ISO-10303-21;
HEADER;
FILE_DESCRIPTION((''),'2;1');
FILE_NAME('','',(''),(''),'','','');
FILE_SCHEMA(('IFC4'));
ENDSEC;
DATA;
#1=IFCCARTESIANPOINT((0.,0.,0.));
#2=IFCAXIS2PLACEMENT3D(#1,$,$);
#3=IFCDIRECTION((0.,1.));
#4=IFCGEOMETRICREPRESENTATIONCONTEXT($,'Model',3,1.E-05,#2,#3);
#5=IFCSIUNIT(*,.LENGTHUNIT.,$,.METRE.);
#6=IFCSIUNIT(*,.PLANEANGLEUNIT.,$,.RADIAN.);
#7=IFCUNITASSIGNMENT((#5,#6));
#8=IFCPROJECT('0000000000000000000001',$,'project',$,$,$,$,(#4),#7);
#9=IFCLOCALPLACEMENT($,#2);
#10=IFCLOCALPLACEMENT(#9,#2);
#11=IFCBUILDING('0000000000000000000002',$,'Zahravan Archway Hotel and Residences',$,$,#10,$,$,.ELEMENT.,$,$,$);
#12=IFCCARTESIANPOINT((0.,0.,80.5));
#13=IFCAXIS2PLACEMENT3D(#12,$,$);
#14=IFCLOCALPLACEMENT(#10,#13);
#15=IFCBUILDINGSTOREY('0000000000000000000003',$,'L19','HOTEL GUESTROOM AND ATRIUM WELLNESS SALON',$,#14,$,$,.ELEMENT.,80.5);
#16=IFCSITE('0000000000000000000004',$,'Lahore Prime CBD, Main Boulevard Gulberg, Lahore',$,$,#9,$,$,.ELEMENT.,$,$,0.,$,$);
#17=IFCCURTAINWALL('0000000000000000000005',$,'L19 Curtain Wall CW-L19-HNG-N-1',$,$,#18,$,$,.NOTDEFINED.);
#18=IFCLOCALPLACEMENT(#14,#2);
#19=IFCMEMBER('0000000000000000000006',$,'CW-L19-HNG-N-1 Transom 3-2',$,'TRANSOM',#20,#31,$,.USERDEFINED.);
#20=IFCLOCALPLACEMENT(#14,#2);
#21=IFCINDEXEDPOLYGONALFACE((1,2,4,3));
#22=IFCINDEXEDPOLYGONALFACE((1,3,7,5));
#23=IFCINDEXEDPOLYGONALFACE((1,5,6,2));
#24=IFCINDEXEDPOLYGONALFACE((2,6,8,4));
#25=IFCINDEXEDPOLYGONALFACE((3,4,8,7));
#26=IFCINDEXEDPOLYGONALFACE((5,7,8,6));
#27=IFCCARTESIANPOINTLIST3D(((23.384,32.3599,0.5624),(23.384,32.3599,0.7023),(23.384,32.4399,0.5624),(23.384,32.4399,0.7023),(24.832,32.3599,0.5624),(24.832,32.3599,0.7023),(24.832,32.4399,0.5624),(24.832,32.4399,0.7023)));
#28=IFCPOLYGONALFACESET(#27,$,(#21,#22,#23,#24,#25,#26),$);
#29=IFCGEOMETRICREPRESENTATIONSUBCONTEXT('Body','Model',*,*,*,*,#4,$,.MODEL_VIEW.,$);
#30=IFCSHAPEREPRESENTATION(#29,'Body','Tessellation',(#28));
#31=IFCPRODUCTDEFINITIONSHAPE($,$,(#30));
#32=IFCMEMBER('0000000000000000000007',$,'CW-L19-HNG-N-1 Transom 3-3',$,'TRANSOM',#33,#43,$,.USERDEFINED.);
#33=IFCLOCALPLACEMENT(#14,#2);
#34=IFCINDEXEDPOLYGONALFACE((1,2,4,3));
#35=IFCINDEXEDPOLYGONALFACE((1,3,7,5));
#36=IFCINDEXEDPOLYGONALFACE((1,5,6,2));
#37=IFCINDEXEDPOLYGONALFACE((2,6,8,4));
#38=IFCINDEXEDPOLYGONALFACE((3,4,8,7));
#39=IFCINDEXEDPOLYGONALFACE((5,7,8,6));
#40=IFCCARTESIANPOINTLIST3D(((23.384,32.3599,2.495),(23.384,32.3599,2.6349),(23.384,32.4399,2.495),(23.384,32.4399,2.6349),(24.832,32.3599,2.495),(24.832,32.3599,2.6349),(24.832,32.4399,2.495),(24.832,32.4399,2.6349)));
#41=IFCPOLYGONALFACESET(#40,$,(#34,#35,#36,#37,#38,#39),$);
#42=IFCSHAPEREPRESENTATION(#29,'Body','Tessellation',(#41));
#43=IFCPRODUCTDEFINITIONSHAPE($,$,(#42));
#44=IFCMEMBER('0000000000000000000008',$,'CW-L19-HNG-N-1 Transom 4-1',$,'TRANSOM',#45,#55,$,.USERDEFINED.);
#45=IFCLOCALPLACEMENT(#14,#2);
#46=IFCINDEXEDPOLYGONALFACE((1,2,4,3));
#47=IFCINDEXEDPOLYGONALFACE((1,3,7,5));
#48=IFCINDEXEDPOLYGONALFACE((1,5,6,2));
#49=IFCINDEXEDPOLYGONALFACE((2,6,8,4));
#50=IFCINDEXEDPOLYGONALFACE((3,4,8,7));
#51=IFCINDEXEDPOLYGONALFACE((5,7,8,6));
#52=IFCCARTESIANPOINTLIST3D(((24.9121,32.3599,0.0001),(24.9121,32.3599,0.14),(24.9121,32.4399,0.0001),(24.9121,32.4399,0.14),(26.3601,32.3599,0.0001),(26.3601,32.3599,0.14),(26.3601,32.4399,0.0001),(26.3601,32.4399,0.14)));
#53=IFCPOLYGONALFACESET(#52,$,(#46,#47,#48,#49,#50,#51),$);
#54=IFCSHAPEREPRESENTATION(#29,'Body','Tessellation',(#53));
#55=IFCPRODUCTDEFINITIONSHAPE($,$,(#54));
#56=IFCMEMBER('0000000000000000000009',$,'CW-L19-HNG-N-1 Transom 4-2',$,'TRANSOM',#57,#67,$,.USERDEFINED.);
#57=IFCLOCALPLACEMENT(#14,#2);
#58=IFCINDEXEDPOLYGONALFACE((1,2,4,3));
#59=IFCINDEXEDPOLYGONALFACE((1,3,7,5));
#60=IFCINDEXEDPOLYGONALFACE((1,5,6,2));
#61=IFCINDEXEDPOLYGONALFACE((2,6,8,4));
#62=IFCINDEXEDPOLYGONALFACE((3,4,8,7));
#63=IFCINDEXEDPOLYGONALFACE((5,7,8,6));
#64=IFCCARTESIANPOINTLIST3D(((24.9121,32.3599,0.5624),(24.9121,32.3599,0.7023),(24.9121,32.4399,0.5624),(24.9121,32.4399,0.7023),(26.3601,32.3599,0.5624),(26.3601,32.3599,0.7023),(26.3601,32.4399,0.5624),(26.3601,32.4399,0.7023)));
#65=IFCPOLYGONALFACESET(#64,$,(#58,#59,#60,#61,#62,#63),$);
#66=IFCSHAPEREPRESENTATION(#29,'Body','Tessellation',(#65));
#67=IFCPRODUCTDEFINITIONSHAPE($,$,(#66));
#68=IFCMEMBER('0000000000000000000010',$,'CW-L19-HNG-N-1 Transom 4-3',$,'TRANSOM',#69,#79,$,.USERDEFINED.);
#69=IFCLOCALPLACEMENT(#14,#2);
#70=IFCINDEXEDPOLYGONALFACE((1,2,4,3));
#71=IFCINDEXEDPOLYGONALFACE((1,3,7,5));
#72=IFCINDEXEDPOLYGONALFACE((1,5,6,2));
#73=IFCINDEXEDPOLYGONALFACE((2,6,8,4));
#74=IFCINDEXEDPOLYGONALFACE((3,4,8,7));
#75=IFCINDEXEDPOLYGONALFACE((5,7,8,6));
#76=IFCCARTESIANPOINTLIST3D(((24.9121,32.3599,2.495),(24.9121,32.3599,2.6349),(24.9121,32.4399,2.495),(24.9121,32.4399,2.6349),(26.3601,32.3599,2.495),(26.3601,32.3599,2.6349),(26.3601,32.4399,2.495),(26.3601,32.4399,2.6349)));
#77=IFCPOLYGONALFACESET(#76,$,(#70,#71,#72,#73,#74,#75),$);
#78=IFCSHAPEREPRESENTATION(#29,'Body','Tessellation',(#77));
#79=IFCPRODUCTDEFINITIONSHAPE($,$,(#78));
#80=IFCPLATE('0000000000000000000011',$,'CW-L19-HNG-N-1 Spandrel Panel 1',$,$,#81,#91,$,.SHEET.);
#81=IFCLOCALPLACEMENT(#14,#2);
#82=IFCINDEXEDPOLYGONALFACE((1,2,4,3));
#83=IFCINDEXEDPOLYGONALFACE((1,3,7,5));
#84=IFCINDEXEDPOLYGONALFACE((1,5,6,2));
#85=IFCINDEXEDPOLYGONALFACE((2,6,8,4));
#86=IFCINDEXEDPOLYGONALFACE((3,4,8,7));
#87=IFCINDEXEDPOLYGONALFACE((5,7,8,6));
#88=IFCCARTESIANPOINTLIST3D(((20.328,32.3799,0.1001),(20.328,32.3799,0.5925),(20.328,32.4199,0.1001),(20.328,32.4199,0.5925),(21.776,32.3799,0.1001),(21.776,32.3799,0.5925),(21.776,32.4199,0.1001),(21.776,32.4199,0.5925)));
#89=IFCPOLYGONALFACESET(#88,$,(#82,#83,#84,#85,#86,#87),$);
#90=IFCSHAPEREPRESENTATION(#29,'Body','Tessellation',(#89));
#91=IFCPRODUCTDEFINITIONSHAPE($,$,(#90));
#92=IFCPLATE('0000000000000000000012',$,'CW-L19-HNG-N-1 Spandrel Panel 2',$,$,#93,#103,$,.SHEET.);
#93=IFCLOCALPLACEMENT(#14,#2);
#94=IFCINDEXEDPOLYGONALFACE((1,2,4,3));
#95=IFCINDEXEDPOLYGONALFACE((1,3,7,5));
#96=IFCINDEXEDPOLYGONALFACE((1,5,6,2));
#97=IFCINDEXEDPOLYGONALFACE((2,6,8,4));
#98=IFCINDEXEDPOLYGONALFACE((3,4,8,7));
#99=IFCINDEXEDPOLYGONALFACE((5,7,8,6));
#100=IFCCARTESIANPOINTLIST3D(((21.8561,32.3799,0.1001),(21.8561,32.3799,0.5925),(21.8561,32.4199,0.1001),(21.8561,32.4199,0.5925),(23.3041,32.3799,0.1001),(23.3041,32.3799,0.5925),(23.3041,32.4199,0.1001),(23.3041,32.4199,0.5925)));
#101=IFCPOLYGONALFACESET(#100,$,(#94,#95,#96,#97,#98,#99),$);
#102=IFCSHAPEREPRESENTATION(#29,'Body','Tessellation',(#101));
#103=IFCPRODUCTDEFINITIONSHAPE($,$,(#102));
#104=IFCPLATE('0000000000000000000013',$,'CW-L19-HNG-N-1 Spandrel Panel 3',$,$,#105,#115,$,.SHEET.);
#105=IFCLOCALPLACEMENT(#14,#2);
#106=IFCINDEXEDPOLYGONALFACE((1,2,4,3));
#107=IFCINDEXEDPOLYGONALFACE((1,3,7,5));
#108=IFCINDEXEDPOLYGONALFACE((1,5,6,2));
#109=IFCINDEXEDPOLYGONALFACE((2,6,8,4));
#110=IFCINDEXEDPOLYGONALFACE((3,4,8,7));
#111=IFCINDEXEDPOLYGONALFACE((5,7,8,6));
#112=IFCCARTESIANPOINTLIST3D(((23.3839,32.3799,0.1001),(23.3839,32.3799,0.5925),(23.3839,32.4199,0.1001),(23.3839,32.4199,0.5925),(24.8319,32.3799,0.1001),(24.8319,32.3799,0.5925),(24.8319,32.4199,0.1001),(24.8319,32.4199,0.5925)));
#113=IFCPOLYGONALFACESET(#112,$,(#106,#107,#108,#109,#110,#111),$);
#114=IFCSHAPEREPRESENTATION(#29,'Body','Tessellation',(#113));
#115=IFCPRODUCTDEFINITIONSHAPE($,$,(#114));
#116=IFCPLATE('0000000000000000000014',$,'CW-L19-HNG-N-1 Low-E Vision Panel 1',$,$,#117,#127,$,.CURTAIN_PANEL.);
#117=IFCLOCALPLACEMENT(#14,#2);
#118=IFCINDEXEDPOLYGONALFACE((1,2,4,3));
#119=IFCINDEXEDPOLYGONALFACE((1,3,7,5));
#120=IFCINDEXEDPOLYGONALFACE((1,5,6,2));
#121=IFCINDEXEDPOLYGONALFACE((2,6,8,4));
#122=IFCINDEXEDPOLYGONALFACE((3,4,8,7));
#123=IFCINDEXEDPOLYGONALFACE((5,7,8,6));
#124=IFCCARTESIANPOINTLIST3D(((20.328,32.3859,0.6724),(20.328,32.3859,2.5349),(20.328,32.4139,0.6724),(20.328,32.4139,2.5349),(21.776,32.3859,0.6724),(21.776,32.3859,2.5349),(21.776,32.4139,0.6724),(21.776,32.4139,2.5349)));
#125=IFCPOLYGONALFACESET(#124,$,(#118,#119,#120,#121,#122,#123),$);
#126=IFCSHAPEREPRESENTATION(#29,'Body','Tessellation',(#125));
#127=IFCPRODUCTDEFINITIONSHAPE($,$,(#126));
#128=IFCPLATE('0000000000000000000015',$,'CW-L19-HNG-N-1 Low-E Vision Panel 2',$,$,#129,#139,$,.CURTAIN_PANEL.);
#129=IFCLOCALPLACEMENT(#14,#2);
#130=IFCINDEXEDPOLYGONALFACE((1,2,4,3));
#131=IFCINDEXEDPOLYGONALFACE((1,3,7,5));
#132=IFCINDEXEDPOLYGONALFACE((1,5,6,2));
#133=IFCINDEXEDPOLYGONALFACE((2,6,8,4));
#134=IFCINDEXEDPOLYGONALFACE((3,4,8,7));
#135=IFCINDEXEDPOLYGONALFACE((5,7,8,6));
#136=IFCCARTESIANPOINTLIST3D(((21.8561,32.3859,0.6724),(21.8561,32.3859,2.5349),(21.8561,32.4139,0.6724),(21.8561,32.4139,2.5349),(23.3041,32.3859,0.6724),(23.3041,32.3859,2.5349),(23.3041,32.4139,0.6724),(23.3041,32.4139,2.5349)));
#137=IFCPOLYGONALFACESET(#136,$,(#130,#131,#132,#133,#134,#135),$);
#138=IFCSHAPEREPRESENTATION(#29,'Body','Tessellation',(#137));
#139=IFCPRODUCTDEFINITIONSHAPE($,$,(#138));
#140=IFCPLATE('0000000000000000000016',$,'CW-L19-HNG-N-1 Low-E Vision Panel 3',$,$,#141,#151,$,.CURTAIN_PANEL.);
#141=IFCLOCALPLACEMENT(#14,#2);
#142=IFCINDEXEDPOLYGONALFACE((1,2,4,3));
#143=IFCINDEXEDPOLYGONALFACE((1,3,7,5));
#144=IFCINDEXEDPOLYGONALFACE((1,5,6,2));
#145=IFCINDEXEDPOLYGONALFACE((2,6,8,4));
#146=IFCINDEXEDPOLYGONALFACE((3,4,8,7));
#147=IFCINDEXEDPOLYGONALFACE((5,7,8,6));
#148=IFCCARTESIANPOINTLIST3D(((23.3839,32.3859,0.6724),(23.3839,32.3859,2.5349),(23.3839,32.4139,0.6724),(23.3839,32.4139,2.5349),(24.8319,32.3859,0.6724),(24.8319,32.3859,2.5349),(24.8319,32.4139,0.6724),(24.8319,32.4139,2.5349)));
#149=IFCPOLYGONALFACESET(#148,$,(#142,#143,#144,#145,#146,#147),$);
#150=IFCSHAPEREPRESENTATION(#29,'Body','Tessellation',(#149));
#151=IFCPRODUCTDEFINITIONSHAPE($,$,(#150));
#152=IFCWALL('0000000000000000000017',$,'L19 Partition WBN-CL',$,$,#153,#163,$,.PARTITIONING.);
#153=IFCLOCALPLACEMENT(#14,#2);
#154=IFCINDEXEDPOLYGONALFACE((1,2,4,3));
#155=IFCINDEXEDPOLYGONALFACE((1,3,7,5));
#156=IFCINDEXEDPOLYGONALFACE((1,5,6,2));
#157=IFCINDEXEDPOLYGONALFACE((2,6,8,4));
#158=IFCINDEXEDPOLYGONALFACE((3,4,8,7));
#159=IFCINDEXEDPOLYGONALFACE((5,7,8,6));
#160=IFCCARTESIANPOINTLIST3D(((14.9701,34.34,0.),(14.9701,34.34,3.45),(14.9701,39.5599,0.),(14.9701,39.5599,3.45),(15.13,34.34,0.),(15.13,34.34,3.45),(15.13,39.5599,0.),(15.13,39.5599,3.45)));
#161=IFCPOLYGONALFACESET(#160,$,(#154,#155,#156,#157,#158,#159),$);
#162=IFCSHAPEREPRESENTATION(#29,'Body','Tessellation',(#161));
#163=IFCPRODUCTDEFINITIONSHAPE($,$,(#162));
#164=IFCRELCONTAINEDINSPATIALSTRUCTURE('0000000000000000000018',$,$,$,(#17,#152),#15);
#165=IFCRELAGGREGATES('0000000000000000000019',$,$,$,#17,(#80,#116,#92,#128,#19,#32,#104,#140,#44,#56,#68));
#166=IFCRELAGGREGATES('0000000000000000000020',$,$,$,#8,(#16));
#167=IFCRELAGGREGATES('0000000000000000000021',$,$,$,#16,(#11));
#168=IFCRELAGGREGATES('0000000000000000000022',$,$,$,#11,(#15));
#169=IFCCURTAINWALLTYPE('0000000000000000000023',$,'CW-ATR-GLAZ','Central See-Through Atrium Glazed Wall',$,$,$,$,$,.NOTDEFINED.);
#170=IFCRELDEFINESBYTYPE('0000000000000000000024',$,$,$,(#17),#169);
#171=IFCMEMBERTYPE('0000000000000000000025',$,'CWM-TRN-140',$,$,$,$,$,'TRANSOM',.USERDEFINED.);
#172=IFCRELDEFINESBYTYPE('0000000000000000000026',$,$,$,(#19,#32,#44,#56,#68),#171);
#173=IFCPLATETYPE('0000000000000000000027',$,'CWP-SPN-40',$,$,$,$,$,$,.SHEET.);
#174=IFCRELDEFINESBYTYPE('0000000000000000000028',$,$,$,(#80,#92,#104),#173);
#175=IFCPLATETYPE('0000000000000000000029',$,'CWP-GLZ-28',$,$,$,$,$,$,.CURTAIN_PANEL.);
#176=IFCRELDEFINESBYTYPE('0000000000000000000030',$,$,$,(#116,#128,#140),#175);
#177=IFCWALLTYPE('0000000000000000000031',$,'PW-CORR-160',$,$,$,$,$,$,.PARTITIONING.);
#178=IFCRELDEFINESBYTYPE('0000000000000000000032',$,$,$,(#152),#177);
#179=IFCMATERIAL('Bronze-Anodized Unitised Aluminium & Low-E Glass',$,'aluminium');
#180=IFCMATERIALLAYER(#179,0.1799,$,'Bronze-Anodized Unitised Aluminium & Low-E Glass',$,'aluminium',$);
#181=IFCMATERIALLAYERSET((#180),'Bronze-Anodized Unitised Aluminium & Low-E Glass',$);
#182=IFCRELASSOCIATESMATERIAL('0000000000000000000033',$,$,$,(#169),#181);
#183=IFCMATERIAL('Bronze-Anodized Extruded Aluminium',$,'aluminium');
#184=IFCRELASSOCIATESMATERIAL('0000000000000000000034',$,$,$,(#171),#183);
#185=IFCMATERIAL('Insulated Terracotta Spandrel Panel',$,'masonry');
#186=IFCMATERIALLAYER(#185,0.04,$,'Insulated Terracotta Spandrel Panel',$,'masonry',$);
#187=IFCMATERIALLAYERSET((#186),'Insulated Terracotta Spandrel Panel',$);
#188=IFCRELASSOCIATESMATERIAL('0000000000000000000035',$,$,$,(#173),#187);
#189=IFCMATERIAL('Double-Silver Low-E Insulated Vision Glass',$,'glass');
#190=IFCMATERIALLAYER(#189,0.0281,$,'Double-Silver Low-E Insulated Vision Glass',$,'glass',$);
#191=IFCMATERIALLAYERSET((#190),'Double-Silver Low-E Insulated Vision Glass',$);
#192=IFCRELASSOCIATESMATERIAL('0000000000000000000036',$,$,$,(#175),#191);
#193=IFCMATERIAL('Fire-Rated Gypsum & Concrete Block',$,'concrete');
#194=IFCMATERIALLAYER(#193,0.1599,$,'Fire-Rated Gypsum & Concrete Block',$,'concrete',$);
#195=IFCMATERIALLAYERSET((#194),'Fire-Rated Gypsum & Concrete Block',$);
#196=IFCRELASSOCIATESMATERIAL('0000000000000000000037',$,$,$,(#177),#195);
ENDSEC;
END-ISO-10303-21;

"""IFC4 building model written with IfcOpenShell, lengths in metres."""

from ifc_helpers import new_model, si_unit, direction, frame, frame_2d, origin, origin_2d, place, context, subcontext, project, spatial, rectangle, extrude, source, transform, mapped, material, layer, layer_set, material_profile, profile_set, type_object, element, aggregate, save


model = new_model("IFC4")

# Units and contexts
model_context = context("Model", 3, precision=1e-05, world=origin(), true_north=direction((0.0, 1.0)))
body_context = subcontext(model_context, "Body", "Model", "MODEL_VIEW")
ifc_project = project(units=[si_unit("LENGTHUNIT", "METRE"), si_unit("PLANEANGLEUNIT", "RADIAN")], contexts=[model_context])

# Site, building, storey
site_placement = place(None, origin())
site = spatial("IfcSite", under=ifc_project, at=site_placement, Name="Lahore Prime CBD, Main Boulevard Gulberg, Lahore", CompositionType="ELEMENT", RefElevation=0.0)
building_placement = place(site_placement, origin())
building = spatial("IfcBuilding", under=site, at=building_placement, Name="Zahravan Archway Hotel and Residences", CompositionType="ELEMENT")
storey_placement = place(building_placement, frame((0.0, 0.0, 80.5)))
storey = spatial("IfcBuildingStorey", under=building, at=storey_placement, Name="L19", Description="HOTEL GUESTROOM AND ATRIUM WELLNESS SALON", CompositionType="ELEMENT", Elevation=80.5)

# Curtain wall, members, plates
ifc_material_1 = material(Name="Bronze-Anodized Unitised Aluminium & Low-E Glass", Category="aluminium")
ifc_layer_1 = layer(ifc_material_1, 0.1799, Name="Bronze-Anodized Unitised Aluminium & Low-E Glass", Category="aluminium")
ifc_layer_set_1 = layer_set([ifc_layer_1], Name="Bronze-Anodized Unitised Aluminium & Low-E Glass")
curtain_wall_type = type_object("IfcCurtainWallType", Name="CW-ATR-GLAZ", Description="Central See-Through Atrium Glazed Wall", PredefinedType="NOTDEFINED", material=ifc_layer_set_1)
curtain_wall_placement = place(storey_placement, origin())
curtain_wall = element("IfcCurtainWall", 1, at=curtain_wall_placement, inside=storey, type_object=curtain_wall_type, Name="L19 Curtain Wall CW-L19-HNG-N-1", PredefinedType="NOTDEFINED")
ifc_material_2 = material(Name="Bronze-Anodized Extruded Aluminium", Category="aluminium")
ifc_material_profile_1 = material_profile(ifc_material_2, rectangle(XDim=0.0801, YDim=0.1399, at=origin_2d()), Name="TRN 80x140", Category="aluminium")
ifc_profile_set_1 = profile_set([ifc_material_profile_1], Name="Bronze-Anodized Extruded Aluminium")
member_type_1 = type_object("IfcMemberType", Name="CWM-TRN-140", ElementType="TRANSOM", PredefinedType="USERDEFINED", material=ifc_profile_set_1)
shared_shape_1 = source(origin(), body_context, "Body", "SweptSolid", [
    extrude(rectangle(XDim=0.0801, YDim=0.1399, at=origin_2d()), origin(), (0.0, 0.0, 1.0), 1.448),
])
member_1_placement = place(storey_placement, frame((23.384, 32.3999, 0.6323), z_axis=(1.0, 0.0, 0.0), x_axis=(0.0, 1.0, 0.0)))
member_1 = element("IfcMember", 2, at=member_1_placement, type_object=member_type_1, Name="CW-L19-HNG-N-1 Transom 3-2", ObjectType="TRANSOM", PredefinedType="USERDEFINED", context=body_context, shape_type="MappedRepresentation", body=[
    mapped(shared_shape_1, transform((0.0, 0.0, 0.0), scale=1.0)),
])
member_2_placement = place(storey_placement, frame((23.384, 32.3999, 2.5649), z_axis=(1.0, 0.0, 0.0), x_axis=(0.0, 1.0, 0.0)))
member_2 = element("IfcMember", 3, at=member_2_placement, type_object=member_type_1, Name="CW-L19-HNG-N-1 Transom 3-3", ObjectType="TRANSOM", PredefinedType="USERDEFINED", context=body_context, shape_type="MappedRepresentation", body=[
    mapped(shared_shape_1, transform((0.0, 0.0, 0.0), scale=1.0)),
])
member_3_placement = place(storey_placement, frame((24.9121, 32.3999, 0.0701), z_axis=(1.0, 0.0, 0.0), x_axis=(0.0, 1.0, 0.0)))
member_3 = element("IfcMember", 4, at=member_3_placement, type_object=member_type_1, Name="CW-L19-HNG-N-1 Transom 4-1", ObjectType="TRANSOM", PredefinedType="USERDEFINED", context=body_context, shape_type="MappedRepresentation", body=[
    mapped(shared_shape_1, transform((0.0, 0.0, 0.0), scale=1.0)),
])
member_4_placement = place(storey_placement, frame((24.9121, 32.3999, 0.6323), z_axis=(1.0, 0.0, 0.0), x_axis=(0.0, 1.0, 0.0)))
member_4 = element("IfcMember", 5, at=member_4_placement, type_object=member_type_1, Name="CW-L19-HNG-N-1 Transom 4-2", ObjectType="TRANSOM", PredefinedType="USERDEFINED", context=body_context, shape_type="MappedRepresentation", body=[
    mapped(shared_shape_1, transform((0.0, 0.0, 0.0), scale=1.0)),
])
member_5_placement = place(storey_placement, frame((24.9121, 32.3999, 2.5649), z_axis=(1.0, 0.0, 0.0), x_axis=(0.0, 1.0, 0.0)))
member_5 = element("IfcMember", 6, at=member_5_placement, type_object=member_type_1, Name="CW-L19-HNG-N-1 Transom 4-3", ObjectType="TRANSOM", PredefinedType="USERDEFINED", context=body_context, shape_type="MappedRepresentation", body=[
    mapped(shared_shape_1, transform((0.0, 0.0, 0.0), scale=1.0)),
])
ifc_material_3 = material(Name="Insulated Terracotta Spandrel Panel", Category="masonry")
ifc_layer_2 = layer(ifc_material_3, 0.04, Name="Insulated Terracotta Spandrel Panel", Category="masonry")
ifc_layer_set_2 = layer_set([ifc_layer_2], Name="Insulated Terracotta Spandrel Panel")
plate_type_1 = type_object("IfcPlateType", Name="CWP-SPN-40", PredefinedType="SHEET", material=ifc_layer_set_2)
shared_shape_2 = source(origin(), body_context, "Body", "SweptSolid", [
    extrude(rectangle(XDim=1.448, YDim=0.04, at=origin_2d()), origin(), (0.0, 0.0, 1.0), 0.4924),
])
plate_1_placement = place(storey_placement, frame((21.052, 32.3999, 0.1001), z_axis=(0.0, 0.0, 1.0), x_axis=(1.0, 0.0, 0.0)))
plate_1 = element("IfcPlate", 7, at=plate_1_placement, type_object=plate_type_1, Name="CW-L19-HNG-N-1 Spandrel Panel 1", PredefinedType="SHEET", context=body_context, shape_type="MappedRepresentation", body=[
    mapped(shared_shape_2, transform((0.0, 0.0, 0.0), scale=1.0)),
])
plate_2_placement = place(storey_placement, frame((22.5801, 32.3999, 0.1001), z_axis=(0.0, 0.0, 1.0), x_axis=(1.0, 0.0, 0.0)))
plate_2 = element("IfcPlate", 8, at=plate_2_placement, type_object=plate_type_1, Name="CW-L19-HNG-N-1 Spandrel Panel 2", PredefinedType="SHEET", context=body_context, shape_type="MappedRepresentation", body=[
    mapped(shared_shape_2, transform((0.0, 0.0, 0.0), scale=1.0)),
])
plate_3_placement = place(storey_placement, frame((24.1079, 32.3999, 0.1001), z_axis=(0.0, 0.0, 1.0), x_axis=(1.0, 0.0, 0.0)))
plate_3 = element("IfcPlate", 9, at=plate_3_placement, type_object=plate_type_1, Name="CW-L19-HNG-N-1 Spandrel Panel 3", PredefinedType="SHEET", context=body_context, shape_type="MappedRepresentation", body=[
    mapped(shared_shape_2, transform((0.0, 0.0, 0.0), scale=1.0)),
])
ifc_material_4 = material(Name="Double-Silver Low-E Insulated Vision Glass", Category="glass")
ifc_layer_3 = layer(ifc_material_4, 0.0281, Name="Double-Silver Low-E Insulated Vision Glass", Category="glass")
ifc_layer_set_3 = layer_set([ifc_layer_3], Name="Double-Silver Low-E Insulated Vision Glass")
plate_type_2 = type_object("IfcPlateType", Name="CWP-GLZ-28", PredefinedType="CURTAIN_PANEL", material=ifc_layer_set_3)
shared_shape_3 = source(origin(), body_context, "Body", "SweptSolid", [
    extrude(rectangle(XDim=1.448, YDim=0.0281, at=origin_2d()), origin(), (0.0, 0.0, 1.0), 1.8625),
])
plate_4_placement = place(storey_placement, frame((21.052, 32.3999, 0.6724), z_axis=(0.0, 0.0, 1.0), x_axis=(1.0, 0.0, 0.0)))
plate_4 = element("IfcPlate", 10, at=plate_4_placement, type_object=plate_type_2, Name="CW-L19-HNG-N-1 Low-E Vision Panel 1", PredefinedType="CURTAIN_PANEL", context=body_context, shape_type="MappedRepresentation", body=[
    mapped(shared_shape_3, transform((0.0, 0.0, 0.0), scale=1.0)),
])
plate_5_placement = place(storey_placement, frame((22.5801, 32.3999, 0.6724), z_axis=(0.0, 0.0, 1.0), x_axis=(1.0, 0.0, 0.0)))
plate_5 = element("IfcPlate", 11, at=plate_5_placement, type_object=plate_type_2, Name="CW-L19-HNG-N-1 Low-E Vision Panel 2", PredefinedType="CURTAIN_PANEL", context=body_context, shape_type="MappedRepresentation", body=[
    mapped(shared_shape_3, transform((0.0, 0.0, 0.0), scale=1.0)),
])
plate_6_placement = place(storey_placement, frame((24.1079, 32.3999, 0.6724), z_axis=(0.0, 0.0, 1.0), x_axis=(1.0, 0.0, 0.0)))
plate_6 = element("IfcPlate", 12, at=plate_6_placement, type_object=plate_type_2, Name="CW-L19-HNG-N-1 Low-E Vision Panel 3", PredefinedType="CURTAIN_PANEL", context=body_context, shape_type="MappedRepresentation", body=[
    mapped(shared_shape_3, transform((0.0, 0.0, 0.0), scale=1.0)),
])
aggregate(curtain_wall, [plate_1, plate_4, plate_2, plate_5, member_1, member_2, plate_3, plate_6, member_3, member_4, member_5])

# Wall
ifc_material_5 = material(Name="Fire-Rated Gypsum & Concrete Block", Category="concrete")
ifc_layer_4 = layer(ifc_material_5, 0.1599, Name="Fire-Rated Gypsum & Concrete Block", Category="concrete")
ifc_layer_set_4 = layer_set([ifc_layer_4], Name="Fire-Rated Gypsum & Concrete Block")
wall_type = type_object("IfcWallType", Name="PW-CORR-160", PredefinedType="PARTITIONING", material=ifc_layer_set_4)
wall_1_placement = place(storey_placement, frame((15.05, 34.3401, 0.0), z_axis=(0.0, 0.0, 1.0), x_axis=(0.0, 1.0, 0.0)))
element("IfcWall", 13, at=wall_1_placement, inside=storey, type_object=wall_type, Name="L19 Partition WBN-CL", PredefinedType="PARTITIONING", context=body_context, shape_type="SweptSolid", body=[
    extrude(rectangle(XDim=5.22, YDim=0.1599, at=frame_2d((2.6099, 0.0))), origin(), (0.0, 0.0, 1.0), 3.45),
])

save(model, "model.ifc")
